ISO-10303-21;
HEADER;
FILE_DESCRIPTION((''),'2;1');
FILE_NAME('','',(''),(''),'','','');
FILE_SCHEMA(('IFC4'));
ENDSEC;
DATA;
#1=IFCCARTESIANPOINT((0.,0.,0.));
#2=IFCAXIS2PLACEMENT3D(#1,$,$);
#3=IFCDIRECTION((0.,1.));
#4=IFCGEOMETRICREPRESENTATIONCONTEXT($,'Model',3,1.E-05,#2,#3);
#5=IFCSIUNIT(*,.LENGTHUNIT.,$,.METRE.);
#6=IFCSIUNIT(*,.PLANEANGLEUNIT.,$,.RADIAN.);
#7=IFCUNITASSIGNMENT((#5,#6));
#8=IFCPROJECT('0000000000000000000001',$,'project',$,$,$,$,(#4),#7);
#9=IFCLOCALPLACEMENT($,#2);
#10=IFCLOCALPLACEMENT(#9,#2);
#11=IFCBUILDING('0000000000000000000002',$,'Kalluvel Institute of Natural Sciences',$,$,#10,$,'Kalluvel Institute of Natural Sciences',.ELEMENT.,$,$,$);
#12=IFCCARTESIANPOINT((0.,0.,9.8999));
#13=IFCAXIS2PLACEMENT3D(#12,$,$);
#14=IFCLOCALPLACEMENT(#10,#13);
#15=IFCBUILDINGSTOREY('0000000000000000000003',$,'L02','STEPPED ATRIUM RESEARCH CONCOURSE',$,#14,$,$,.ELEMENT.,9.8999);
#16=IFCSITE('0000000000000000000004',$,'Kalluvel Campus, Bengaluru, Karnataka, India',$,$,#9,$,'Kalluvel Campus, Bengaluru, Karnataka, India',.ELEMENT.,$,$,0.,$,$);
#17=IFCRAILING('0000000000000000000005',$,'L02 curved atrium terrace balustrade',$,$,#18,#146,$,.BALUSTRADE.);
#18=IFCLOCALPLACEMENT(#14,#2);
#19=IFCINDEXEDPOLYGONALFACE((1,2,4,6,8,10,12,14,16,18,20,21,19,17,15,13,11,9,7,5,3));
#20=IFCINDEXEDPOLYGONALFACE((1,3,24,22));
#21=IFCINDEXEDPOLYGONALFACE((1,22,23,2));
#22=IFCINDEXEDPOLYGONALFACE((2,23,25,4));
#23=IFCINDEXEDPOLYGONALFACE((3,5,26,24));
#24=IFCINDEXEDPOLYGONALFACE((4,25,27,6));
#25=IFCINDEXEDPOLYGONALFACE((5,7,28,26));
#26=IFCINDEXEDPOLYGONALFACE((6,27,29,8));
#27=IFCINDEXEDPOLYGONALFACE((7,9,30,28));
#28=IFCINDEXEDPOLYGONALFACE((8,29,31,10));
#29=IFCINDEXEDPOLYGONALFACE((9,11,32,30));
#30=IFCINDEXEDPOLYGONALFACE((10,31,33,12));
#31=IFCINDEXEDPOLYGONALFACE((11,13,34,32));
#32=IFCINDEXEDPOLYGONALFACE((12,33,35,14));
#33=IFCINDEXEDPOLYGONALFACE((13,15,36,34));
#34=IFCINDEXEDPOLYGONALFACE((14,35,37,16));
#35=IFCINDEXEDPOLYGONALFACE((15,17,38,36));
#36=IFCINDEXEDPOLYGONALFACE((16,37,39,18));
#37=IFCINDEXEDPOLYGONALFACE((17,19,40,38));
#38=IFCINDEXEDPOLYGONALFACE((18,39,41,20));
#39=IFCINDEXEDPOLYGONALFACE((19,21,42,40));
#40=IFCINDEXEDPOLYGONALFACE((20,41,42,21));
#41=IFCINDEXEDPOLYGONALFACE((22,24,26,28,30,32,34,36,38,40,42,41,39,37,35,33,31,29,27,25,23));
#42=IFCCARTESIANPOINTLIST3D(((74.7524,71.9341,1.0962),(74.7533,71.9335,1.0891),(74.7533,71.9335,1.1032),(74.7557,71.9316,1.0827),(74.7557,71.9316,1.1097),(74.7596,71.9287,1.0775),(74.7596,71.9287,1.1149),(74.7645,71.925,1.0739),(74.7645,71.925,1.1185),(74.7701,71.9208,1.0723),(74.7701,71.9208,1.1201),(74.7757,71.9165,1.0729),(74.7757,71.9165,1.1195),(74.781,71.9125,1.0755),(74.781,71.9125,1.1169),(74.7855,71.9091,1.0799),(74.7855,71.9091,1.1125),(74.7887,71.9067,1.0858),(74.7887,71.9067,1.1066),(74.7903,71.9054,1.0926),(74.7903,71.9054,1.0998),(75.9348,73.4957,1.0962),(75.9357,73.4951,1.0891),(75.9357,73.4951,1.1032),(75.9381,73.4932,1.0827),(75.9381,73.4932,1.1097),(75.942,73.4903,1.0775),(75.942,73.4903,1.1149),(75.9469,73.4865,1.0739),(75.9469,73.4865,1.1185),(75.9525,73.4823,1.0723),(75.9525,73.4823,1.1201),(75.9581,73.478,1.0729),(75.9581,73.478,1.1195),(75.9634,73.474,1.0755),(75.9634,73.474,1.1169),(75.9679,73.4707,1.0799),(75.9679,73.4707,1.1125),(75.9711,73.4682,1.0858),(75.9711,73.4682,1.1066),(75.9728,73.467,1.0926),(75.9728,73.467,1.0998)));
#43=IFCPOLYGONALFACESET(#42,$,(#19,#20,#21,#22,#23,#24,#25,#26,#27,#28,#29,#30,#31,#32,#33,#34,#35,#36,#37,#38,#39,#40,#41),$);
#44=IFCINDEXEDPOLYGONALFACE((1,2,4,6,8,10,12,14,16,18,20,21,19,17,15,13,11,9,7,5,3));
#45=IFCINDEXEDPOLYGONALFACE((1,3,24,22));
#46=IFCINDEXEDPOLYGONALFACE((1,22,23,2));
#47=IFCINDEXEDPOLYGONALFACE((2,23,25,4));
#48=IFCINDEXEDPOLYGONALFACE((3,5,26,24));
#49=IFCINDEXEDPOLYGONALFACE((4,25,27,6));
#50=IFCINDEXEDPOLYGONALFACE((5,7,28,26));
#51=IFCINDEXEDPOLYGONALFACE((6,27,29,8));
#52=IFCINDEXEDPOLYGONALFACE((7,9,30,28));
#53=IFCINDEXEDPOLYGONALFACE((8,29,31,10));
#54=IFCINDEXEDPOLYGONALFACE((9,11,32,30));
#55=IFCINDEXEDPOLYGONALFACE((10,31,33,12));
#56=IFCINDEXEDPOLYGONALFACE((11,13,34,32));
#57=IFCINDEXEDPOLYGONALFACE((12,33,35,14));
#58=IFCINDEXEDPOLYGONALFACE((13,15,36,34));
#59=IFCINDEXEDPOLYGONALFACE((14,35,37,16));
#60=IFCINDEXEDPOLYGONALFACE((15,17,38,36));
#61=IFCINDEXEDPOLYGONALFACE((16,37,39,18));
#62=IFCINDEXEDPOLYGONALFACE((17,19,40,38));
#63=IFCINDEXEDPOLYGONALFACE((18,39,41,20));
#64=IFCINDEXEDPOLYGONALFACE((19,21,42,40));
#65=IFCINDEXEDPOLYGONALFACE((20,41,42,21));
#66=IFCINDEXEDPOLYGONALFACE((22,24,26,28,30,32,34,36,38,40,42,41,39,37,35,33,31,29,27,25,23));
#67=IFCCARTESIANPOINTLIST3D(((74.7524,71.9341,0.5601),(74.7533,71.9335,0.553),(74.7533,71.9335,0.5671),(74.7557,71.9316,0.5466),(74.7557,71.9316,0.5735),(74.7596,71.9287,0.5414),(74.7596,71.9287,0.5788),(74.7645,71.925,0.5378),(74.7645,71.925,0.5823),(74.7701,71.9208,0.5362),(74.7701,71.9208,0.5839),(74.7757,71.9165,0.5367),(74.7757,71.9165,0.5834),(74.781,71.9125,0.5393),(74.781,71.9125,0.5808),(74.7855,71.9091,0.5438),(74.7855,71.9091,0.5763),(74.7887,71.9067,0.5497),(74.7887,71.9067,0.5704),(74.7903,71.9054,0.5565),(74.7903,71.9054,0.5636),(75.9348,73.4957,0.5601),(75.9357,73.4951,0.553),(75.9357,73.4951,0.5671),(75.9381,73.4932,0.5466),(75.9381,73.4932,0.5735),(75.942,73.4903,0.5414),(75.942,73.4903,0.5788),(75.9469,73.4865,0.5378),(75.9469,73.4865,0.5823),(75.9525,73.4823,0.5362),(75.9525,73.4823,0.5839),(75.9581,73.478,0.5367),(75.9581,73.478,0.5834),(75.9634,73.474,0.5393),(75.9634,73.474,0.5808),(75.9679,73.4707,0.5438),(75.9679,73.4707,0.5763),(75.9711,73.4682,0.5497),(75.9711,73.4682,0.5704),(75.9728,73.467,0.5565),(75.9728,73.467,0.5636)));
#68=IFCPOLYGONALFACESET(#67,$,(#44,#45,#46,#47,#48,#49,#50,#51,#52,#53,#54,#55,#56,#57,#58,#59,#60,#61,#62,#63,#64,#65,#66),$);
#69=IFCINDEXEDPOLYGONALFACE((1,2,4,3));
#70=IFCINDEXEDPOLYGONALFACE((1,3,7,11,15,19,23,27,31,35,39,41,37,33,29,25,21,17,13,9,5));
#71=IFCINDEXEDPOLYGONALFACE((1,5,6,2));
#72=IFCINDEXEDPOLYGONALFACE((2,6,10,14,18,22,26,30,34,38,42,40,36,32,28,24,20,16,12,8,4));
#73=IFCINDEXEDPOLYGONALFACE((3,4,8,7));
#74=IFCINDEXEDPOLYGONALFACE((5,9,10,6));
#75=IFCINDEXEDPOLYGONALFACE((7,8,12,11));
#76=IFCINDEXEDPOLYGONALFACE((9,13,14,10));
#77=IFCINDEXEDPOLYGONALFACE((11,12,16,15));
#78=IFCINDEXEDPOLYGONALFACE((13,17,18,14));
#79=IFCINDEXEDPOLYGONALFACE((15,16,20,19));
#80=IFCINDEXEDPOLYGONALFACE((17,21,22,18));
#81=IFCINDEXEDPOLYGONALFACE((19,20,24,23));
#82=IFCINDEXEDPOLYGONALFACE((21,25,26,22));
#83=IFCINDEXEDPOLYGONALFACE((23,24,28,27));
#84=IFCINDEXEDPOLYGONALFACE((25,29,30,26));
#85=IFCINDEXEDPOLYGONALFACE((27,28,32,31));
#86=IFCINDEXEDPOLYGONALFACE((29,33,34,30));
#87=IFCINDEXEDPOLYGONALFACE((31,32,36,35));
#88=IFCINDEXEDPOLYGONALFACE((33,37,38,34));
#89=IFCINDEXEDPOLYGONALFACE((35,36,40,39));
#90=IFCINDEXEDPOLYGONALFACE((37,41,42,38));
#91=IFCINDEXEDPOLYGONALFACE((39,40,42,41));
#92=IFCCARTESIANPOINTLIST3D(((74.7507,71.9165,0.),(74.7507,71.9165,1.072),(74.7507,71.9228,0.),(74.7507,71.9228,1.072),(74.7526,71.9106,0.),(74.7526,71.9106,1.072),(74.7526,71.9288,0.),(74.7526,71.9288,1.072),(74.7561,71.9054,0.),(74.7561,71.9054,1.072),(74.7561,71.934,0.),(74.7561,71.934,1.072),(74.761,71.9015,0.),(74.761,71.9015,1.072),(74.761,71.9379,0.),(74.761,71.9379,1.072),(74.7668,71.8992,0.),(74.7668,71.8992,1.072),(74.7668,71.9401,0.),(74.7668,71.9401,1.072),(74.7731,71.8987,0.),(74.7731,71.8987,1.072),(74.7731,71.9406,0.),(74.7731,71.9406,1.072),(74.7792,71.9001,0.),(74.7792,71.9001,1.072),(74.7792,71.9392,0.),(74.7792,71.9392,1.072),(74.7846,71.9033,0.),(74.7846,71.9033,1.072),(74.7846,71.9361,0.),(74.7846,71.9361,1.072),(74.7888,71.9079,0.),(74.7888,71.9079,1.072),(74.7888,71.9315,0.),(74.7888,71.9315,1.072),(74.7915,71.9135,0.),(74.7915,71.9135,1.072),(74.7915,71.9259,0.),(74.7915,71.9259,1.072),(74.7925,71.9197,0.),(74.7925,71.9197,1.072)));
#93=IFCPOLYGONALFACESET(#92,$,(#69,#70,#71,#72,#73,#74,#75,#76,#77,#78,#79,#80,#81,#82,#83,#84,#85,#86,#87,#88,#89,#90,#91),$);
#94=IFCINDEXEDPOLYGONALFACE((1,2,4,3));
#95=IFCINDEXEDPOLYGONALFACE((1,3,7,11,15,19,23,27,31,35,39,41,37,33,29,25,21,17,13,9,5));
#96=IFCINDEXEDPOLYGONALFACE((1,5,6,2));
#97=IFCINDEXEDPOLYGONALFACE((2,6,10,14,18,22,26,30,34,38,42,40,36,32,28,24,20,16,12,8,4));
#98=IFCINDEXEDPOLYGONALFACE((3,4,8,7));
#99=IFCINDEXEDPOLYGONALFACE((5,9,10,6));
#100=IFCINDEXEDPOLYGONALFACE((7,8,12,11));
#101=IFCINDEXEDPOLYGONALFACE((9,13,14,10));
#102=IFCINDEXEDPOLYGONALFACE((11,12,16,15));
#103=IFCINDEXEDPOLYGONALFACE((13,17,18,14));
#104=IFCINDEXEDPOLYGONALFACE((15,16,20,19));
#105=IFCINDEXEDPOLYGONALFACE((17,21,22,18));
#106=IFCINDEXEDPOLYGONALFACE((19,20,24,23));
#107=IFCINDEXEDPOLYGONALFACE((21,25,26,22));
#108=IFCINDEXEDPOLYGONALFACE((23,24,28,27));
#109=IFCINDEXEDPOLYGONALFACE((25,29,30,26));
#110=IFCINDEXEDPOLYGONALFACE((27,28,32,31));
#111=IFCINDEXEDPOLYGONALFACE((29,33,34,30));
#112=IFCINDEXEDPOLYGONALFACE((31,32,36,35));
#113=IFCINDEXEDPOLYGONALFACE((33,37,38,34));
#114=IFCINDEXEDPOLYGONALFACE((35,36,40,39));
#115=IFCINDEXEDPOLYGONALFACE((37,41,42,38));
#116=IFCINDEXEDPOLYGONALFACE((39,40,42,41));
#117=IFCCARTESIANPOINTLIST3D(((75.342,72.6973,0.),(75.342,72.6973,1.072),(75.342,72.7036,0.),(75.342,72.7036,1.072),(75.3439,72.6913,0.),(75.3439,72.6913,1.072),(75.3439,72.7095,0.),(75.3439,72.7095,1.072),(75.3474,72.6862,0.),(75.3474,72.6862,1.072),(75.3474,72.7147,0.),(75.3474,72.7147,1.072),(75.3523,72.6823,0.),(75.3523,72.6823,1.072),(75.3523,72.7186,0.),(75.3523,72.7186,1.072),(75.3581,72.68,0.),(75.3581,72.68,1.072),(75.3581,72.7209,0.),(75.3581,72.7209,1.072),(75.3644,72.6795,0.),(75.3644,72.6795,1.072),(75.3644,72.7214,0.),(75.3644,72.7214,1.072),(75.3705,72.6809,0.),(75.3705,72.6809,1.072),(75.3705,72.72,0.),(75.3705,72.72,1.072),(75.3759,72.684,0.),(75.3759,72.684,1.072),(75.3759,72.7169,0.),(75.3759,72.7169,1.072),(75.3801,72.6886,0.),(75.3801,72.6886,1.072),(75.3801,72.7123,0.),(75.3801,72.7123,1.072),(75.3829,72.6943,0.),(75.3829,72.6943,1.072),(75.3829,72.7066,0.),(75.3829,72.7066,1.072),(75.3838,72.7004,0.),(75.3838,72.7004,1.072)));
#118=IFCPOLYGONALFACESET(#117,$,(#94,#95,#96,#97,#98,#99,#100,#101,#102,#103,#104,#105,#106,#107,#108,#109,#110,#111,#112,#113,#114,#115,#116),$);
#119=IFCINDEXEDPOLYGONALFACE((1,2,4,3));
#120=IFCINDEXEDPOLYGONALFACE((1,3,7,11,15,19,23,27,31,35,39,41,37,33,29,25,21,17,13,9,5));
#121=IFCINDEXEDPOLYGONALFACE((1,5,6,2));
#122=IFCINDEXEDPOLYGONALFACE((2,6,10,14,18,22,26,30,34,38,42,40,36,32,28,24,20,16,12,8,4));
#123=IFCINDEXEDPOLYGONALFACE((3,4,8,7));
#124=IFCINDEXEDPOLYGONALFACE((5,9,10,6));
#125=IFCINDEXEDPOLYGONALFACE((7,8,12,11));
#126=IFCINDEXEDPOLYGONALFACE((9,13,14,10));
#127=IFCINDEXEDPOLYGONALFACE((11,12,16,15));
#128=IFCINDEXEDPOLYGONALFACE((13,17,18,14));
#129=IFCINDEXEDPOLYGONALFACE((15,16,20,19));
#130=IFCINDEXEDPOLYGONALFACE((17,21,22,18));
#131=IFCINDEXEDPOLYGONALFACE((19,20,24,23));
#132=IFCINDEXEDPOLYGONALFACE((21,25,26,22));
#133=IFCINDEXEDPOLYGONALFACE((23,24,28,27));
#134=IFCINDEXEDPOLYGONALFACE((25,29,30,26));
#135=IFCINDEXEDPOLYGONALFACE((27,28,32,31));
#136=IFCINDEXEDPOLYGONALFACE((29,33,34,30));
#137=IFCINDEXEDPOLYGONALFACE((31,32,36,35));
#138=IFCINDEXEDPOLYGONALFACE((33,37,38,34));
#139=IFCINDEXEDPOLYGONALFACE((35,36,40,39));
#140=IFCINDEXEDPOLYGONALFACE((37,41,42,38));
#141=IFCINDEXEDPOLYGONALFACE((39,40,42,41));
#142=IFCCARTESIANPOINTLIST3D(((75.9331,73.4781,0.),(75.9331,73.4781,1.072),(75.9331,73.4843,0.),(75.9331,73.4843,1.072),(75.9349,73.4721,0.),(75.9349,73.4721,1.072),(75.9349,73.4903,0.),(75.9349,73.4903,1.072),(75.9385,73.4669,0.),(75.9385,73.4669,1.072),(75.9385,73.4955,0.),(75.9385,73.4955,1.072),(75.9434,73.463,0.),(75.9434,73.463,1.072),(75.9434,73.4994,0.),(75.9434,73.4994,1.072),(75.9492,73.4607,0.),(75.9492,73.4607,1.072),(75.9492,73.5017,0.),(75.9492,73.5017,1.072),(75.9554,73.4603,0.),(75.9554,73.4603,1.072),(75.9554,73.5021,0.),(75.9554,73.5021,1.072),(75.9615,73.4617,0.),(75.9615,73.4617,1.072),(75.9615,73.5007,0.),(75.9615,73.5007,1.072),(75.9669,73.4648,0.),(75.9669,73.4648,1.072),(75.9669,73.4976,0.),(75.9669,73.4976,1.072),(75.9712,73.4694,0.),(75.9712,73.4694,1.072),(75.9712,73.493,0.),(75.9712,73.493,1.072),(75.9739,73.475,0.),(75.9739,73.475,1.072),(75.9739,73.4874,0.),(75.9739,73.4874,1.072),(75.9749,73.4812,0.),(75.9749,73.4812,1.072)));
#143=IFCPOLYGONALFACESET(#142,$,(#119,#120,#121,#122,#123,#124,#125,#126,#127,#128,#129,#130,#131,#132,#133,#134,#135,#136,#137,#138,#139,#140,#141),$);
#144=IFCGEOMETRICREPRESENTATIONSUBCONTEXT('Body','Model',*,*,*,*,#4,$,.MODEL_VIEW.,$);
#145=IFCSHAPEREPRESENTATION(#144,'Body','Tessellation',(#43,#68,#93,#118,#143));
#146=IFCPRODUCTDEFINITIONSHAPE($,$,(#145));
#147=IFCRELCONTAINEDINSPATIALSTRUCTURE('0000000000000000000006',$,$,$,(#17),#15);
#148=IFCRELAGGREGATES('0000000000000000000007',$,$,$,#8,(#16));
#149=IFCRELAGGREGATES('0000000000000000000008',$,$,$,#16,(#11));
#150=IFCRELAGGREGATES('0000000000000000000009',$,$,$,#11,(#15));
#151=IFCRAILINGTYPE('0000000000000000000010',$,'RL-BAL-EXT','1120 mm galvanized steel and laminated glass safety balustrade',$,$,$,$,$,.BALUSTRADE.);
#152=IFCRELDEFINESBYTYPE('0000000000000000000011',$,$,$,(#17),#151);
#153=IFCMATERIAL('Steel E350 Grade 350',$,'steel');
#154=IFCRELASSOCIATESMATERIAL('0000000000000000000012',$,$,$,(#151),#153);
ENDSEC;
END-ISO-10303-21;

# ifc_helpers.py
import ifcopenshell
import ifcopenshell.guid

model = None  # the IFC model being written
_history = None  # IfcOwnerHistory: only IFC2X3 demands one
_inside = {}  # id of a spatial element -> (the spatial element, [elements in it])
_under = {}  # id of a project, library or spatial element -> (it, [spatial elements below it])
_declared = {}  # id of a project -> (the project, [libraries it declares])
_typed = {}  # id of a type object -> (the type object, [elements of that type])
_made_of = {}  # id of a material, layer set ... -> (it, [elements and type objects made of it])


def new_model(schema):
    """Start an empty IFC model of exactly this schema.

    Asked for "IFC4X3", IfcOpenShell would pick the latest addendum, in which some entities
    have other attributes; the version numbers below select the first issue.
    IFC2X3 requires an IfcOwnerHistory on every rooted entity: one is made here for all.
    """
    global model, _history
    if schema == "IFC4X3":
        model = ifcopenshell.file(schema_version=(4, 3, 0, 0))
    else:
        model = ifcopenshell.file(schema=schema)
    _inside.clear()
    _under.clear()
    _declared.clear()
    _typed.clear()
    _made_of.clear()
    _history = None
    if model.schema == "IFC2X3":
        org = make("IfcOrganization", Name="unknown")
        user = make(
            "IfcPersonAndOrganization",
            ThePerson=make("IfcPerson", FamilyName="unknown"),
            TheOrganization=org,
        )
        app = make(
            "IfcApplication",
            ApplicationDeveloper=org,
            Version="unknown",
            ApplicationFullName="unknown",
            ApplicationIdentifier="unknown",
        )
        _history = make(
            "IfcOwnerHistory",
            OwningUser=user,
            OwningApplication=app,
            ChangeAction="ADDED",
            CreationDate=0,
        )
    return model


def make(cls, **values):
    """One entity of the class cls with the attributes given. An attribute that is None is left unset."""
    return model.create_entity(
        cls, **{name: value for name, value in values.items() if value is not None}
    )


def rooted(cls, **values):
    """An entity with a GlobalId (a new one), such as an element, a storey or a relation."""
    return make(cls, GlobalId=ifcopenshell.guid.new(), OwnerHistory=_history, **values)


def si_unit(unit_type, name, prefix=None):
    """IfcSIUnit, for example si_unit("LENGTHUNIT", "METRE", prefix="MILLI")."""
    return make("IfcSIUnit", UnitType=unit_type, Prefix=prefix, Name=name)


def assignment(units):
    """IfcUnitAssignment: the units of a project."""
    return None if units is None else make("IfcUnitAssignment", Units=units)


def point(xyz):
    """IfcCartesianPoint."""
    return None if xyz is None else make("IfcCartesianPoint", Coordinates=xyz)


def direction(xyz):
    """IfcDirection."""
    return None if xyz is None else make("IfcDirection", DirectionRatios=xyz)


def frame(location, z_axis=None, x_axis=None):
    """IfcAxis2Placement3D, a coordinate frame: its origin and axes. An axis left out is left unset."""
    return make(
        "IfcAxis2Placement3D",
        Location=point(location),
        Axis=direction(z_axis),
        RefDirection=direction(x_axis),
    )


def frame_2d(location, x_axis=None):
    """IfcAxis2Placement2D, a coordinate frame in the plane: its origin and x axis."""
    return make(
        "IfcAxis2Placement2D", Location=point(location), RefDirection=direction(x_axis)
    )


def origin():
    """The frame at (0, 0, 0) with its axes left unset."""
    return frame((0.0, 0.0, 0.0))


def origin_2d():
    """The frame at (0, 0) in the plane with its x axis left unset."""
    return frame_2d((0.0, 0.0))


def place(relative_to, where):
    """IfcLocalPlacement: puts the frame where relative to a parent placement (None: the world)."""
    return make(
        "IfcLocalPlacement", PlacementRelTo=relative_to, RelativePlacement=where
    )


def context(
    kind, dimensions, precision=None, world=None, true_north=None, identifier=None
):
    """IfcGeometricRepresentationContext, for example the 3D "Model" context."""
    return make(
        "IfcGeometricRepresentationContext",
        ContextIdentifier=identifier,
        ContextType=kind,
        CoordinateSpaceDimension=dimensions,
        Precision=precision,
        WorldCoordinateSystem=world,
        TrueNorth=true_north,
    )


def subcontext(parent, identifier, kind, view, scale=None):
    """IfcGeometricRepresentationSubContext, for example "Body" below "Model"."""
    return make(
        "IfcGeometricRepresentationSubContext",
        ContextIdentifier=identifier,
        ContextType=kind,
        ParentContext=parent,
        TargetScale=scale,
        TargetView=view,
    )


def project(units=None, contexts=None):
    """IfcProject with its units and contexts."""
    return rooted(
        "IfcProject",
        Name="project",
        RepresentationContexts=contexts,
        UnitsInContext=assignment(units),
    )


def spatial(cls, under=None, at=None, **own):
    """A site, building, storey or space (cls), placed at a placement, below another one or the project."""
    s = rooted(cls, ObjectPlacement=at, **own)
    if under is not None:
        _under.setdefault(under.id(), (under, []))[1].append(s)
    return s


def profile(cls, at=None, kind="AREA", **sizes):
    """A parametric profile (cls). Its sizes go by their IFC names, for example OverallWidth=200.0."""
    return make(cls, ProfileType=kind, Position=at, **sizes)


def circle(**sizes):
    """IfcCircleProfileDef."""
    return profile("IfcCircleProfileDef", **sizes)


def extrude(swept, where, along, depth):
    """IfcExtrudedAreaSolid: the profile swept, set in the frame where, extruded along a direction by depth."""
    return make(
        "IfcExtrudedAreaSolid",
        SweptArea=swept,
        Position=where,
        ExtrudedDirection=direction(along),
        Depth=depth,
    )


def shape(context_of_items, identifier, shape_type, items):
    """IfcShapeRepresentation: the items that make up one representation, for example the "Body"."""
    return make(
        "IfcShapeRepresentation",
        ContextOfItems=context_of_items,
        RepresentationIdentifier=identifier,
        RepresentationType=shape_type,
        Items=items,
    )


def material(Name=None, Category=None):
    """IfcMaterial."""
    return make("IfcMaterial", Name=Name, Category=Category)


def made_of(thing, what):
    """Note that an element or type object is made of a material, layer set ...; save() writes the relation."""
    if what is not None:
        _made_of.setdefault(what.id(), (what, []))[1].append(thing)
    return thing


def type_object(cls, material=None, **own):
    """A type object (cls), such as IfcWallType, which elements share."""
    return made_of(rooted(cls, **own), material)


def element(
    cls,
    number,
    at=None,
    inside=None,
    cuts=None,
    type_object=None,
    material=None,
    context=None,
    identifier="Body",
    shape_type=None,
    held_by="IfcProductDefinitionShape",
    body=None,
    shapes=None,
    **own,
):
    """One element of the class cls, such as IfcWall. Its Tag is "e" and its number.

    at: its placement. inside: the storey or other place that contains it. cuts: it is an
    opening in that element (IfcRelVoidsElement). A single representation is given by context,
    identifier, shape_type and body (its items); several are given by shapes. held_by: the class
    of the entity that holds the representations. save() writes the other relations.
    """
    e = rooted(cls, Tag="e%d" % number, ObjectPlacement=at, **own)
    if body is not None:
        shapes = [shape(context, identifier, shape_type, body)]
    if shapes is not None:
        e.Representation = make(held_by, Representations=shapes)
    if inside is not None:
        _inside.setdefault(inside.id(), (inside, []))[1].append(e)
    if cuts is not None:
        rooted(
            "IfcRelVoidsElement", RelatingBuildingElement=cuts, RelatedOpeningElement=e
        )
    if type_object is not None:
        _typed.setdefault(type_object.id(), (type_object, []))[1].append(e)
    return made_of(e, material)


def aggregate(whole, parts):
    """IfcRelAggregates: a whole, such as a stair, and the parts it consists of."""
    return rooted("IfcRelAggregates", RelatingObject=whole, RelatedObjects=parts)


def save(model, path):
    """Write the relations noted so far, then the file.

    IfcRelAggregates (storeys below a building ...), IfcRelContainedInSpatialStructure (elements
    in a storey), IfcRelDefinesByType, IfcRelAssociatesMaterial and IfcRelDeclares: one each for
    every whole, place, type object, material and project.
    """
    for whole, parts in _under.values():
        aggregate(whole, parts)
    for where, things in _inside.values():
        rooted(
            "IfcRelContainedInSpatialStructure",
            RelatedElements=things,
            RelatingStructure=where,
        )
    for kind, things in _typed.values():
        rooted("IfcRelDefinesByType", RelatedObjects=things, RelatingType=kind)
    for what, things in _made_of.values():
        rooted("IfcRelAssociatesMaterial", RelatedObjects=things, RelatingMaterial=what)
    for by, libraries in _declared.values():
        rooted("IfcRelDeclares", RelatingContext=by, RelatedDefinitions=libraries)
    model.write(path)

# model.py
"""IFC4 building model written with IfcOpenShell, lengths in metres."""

from ifc_helpers import new_model, si_unit, direction, frame, origin, origin_2d, place, context, subcontext, project, spatial, circle, extrude, material, type_object, element, save


model = new_model("IFC4")

# Units and contexts
model_context = context("Model", 3, precision=1e-05, world=origin(), true_north=direction((0.0, 1.0)))
body_context = subcontext(model_context, "Body", "Model", "MODEL_VIEW")
ifc_project = project(units=[si_unit("LENGTHUNIT", "METRE"), si_unit("PLANEANGLEUNIT", "RADIAN")], contexts=[model_context])

# Site, building, storey
site_placement = place(None, origin())
site = spatial("IfcSite", under=ifc_project, at=site_placement, Name="Kalluvel Campus, Bengaluru, Karnataka, India", LongName="Kalluvel Campus, Bengaluru, Karnataka, India", CompositionType="ELEMENT", RefElevation=0.0)
building_placement = place(site_placement, origin())
building = spatial("IfcBuilding", under=site, at=building_placement, Name="Kalluvel Institute of Natural Sciences", LongName="Kalluvel Institute of Natural Sciences", CompositionType="ELEMENT")
storey_placement = place(building_placement, frame((0.0, 0.0, 9.8999)))
storey = spatial("IfcBuildingStorey", under=building, at=storey_placement, Name="L02", Description="STEPPED ATRIUM RESEARCH CONCOURSE", CompositionType="ELEMENT", Elevation=9.8999)

# Railing
ifc_material_1 = material(Name="Steel E350 Grade 350", Category="steel")
railing_type = type_object("IfcRailingType", Name="RL-BAL-EXT", Description="1120 mm galvanized steel and laminated glass safety balustrade", PredefinedType="BALUSTRADE", material=ifc_material_1)
railing_1_placement = place(storey_placement, frame((74.7715, 71.9197, 0.0)))
element("IfcRailing", 1, at=railing_1_placement, inside=storey, type_object=railing_type, Name="L02 curved atrium terrace balustrade", PredefinedType="BALUSTRADE", context=body_context, shape_type="SweptSolid", body=[
    extrude(circle(Radius=0.0239, at=origin_2d()), frame((0.0, 0.0, 1.0962), z_axis=(0.603663, 0.797239, 0.0), x_axis=(-0.797239, 0.603663, 0.0)), (0.0, 0.0, 1.0), 1.9587),
    extrude(circle(Radius=0.0239, at=origin_2d()), frame((0.0, 0.0, 0.5601), z_axis=(0.603663, 0.797239, 0.0), x_axis=(-0.797239, 0.603663, 0.0)), (0.0, 0.0, 1.0), 1.9587),
    extrude(circle(Radius=0.021, at=origin_2d()), origin(), (0.0, 0.0, 1.0), 1.072),
    extrude(circle(Radius=0.021, at=origin_2d()), frame((0.5913, 0.7808, 0.0)), (0.0, 0.0, 1.0), 1.072),
    extrude(circle(Radius=0.021, at=origin_2d()), frame((1.1824, 1.5615, 0.0)), (0.0, 0.0, 1.0), 1.072),
])

save(model, "model.ifc")
